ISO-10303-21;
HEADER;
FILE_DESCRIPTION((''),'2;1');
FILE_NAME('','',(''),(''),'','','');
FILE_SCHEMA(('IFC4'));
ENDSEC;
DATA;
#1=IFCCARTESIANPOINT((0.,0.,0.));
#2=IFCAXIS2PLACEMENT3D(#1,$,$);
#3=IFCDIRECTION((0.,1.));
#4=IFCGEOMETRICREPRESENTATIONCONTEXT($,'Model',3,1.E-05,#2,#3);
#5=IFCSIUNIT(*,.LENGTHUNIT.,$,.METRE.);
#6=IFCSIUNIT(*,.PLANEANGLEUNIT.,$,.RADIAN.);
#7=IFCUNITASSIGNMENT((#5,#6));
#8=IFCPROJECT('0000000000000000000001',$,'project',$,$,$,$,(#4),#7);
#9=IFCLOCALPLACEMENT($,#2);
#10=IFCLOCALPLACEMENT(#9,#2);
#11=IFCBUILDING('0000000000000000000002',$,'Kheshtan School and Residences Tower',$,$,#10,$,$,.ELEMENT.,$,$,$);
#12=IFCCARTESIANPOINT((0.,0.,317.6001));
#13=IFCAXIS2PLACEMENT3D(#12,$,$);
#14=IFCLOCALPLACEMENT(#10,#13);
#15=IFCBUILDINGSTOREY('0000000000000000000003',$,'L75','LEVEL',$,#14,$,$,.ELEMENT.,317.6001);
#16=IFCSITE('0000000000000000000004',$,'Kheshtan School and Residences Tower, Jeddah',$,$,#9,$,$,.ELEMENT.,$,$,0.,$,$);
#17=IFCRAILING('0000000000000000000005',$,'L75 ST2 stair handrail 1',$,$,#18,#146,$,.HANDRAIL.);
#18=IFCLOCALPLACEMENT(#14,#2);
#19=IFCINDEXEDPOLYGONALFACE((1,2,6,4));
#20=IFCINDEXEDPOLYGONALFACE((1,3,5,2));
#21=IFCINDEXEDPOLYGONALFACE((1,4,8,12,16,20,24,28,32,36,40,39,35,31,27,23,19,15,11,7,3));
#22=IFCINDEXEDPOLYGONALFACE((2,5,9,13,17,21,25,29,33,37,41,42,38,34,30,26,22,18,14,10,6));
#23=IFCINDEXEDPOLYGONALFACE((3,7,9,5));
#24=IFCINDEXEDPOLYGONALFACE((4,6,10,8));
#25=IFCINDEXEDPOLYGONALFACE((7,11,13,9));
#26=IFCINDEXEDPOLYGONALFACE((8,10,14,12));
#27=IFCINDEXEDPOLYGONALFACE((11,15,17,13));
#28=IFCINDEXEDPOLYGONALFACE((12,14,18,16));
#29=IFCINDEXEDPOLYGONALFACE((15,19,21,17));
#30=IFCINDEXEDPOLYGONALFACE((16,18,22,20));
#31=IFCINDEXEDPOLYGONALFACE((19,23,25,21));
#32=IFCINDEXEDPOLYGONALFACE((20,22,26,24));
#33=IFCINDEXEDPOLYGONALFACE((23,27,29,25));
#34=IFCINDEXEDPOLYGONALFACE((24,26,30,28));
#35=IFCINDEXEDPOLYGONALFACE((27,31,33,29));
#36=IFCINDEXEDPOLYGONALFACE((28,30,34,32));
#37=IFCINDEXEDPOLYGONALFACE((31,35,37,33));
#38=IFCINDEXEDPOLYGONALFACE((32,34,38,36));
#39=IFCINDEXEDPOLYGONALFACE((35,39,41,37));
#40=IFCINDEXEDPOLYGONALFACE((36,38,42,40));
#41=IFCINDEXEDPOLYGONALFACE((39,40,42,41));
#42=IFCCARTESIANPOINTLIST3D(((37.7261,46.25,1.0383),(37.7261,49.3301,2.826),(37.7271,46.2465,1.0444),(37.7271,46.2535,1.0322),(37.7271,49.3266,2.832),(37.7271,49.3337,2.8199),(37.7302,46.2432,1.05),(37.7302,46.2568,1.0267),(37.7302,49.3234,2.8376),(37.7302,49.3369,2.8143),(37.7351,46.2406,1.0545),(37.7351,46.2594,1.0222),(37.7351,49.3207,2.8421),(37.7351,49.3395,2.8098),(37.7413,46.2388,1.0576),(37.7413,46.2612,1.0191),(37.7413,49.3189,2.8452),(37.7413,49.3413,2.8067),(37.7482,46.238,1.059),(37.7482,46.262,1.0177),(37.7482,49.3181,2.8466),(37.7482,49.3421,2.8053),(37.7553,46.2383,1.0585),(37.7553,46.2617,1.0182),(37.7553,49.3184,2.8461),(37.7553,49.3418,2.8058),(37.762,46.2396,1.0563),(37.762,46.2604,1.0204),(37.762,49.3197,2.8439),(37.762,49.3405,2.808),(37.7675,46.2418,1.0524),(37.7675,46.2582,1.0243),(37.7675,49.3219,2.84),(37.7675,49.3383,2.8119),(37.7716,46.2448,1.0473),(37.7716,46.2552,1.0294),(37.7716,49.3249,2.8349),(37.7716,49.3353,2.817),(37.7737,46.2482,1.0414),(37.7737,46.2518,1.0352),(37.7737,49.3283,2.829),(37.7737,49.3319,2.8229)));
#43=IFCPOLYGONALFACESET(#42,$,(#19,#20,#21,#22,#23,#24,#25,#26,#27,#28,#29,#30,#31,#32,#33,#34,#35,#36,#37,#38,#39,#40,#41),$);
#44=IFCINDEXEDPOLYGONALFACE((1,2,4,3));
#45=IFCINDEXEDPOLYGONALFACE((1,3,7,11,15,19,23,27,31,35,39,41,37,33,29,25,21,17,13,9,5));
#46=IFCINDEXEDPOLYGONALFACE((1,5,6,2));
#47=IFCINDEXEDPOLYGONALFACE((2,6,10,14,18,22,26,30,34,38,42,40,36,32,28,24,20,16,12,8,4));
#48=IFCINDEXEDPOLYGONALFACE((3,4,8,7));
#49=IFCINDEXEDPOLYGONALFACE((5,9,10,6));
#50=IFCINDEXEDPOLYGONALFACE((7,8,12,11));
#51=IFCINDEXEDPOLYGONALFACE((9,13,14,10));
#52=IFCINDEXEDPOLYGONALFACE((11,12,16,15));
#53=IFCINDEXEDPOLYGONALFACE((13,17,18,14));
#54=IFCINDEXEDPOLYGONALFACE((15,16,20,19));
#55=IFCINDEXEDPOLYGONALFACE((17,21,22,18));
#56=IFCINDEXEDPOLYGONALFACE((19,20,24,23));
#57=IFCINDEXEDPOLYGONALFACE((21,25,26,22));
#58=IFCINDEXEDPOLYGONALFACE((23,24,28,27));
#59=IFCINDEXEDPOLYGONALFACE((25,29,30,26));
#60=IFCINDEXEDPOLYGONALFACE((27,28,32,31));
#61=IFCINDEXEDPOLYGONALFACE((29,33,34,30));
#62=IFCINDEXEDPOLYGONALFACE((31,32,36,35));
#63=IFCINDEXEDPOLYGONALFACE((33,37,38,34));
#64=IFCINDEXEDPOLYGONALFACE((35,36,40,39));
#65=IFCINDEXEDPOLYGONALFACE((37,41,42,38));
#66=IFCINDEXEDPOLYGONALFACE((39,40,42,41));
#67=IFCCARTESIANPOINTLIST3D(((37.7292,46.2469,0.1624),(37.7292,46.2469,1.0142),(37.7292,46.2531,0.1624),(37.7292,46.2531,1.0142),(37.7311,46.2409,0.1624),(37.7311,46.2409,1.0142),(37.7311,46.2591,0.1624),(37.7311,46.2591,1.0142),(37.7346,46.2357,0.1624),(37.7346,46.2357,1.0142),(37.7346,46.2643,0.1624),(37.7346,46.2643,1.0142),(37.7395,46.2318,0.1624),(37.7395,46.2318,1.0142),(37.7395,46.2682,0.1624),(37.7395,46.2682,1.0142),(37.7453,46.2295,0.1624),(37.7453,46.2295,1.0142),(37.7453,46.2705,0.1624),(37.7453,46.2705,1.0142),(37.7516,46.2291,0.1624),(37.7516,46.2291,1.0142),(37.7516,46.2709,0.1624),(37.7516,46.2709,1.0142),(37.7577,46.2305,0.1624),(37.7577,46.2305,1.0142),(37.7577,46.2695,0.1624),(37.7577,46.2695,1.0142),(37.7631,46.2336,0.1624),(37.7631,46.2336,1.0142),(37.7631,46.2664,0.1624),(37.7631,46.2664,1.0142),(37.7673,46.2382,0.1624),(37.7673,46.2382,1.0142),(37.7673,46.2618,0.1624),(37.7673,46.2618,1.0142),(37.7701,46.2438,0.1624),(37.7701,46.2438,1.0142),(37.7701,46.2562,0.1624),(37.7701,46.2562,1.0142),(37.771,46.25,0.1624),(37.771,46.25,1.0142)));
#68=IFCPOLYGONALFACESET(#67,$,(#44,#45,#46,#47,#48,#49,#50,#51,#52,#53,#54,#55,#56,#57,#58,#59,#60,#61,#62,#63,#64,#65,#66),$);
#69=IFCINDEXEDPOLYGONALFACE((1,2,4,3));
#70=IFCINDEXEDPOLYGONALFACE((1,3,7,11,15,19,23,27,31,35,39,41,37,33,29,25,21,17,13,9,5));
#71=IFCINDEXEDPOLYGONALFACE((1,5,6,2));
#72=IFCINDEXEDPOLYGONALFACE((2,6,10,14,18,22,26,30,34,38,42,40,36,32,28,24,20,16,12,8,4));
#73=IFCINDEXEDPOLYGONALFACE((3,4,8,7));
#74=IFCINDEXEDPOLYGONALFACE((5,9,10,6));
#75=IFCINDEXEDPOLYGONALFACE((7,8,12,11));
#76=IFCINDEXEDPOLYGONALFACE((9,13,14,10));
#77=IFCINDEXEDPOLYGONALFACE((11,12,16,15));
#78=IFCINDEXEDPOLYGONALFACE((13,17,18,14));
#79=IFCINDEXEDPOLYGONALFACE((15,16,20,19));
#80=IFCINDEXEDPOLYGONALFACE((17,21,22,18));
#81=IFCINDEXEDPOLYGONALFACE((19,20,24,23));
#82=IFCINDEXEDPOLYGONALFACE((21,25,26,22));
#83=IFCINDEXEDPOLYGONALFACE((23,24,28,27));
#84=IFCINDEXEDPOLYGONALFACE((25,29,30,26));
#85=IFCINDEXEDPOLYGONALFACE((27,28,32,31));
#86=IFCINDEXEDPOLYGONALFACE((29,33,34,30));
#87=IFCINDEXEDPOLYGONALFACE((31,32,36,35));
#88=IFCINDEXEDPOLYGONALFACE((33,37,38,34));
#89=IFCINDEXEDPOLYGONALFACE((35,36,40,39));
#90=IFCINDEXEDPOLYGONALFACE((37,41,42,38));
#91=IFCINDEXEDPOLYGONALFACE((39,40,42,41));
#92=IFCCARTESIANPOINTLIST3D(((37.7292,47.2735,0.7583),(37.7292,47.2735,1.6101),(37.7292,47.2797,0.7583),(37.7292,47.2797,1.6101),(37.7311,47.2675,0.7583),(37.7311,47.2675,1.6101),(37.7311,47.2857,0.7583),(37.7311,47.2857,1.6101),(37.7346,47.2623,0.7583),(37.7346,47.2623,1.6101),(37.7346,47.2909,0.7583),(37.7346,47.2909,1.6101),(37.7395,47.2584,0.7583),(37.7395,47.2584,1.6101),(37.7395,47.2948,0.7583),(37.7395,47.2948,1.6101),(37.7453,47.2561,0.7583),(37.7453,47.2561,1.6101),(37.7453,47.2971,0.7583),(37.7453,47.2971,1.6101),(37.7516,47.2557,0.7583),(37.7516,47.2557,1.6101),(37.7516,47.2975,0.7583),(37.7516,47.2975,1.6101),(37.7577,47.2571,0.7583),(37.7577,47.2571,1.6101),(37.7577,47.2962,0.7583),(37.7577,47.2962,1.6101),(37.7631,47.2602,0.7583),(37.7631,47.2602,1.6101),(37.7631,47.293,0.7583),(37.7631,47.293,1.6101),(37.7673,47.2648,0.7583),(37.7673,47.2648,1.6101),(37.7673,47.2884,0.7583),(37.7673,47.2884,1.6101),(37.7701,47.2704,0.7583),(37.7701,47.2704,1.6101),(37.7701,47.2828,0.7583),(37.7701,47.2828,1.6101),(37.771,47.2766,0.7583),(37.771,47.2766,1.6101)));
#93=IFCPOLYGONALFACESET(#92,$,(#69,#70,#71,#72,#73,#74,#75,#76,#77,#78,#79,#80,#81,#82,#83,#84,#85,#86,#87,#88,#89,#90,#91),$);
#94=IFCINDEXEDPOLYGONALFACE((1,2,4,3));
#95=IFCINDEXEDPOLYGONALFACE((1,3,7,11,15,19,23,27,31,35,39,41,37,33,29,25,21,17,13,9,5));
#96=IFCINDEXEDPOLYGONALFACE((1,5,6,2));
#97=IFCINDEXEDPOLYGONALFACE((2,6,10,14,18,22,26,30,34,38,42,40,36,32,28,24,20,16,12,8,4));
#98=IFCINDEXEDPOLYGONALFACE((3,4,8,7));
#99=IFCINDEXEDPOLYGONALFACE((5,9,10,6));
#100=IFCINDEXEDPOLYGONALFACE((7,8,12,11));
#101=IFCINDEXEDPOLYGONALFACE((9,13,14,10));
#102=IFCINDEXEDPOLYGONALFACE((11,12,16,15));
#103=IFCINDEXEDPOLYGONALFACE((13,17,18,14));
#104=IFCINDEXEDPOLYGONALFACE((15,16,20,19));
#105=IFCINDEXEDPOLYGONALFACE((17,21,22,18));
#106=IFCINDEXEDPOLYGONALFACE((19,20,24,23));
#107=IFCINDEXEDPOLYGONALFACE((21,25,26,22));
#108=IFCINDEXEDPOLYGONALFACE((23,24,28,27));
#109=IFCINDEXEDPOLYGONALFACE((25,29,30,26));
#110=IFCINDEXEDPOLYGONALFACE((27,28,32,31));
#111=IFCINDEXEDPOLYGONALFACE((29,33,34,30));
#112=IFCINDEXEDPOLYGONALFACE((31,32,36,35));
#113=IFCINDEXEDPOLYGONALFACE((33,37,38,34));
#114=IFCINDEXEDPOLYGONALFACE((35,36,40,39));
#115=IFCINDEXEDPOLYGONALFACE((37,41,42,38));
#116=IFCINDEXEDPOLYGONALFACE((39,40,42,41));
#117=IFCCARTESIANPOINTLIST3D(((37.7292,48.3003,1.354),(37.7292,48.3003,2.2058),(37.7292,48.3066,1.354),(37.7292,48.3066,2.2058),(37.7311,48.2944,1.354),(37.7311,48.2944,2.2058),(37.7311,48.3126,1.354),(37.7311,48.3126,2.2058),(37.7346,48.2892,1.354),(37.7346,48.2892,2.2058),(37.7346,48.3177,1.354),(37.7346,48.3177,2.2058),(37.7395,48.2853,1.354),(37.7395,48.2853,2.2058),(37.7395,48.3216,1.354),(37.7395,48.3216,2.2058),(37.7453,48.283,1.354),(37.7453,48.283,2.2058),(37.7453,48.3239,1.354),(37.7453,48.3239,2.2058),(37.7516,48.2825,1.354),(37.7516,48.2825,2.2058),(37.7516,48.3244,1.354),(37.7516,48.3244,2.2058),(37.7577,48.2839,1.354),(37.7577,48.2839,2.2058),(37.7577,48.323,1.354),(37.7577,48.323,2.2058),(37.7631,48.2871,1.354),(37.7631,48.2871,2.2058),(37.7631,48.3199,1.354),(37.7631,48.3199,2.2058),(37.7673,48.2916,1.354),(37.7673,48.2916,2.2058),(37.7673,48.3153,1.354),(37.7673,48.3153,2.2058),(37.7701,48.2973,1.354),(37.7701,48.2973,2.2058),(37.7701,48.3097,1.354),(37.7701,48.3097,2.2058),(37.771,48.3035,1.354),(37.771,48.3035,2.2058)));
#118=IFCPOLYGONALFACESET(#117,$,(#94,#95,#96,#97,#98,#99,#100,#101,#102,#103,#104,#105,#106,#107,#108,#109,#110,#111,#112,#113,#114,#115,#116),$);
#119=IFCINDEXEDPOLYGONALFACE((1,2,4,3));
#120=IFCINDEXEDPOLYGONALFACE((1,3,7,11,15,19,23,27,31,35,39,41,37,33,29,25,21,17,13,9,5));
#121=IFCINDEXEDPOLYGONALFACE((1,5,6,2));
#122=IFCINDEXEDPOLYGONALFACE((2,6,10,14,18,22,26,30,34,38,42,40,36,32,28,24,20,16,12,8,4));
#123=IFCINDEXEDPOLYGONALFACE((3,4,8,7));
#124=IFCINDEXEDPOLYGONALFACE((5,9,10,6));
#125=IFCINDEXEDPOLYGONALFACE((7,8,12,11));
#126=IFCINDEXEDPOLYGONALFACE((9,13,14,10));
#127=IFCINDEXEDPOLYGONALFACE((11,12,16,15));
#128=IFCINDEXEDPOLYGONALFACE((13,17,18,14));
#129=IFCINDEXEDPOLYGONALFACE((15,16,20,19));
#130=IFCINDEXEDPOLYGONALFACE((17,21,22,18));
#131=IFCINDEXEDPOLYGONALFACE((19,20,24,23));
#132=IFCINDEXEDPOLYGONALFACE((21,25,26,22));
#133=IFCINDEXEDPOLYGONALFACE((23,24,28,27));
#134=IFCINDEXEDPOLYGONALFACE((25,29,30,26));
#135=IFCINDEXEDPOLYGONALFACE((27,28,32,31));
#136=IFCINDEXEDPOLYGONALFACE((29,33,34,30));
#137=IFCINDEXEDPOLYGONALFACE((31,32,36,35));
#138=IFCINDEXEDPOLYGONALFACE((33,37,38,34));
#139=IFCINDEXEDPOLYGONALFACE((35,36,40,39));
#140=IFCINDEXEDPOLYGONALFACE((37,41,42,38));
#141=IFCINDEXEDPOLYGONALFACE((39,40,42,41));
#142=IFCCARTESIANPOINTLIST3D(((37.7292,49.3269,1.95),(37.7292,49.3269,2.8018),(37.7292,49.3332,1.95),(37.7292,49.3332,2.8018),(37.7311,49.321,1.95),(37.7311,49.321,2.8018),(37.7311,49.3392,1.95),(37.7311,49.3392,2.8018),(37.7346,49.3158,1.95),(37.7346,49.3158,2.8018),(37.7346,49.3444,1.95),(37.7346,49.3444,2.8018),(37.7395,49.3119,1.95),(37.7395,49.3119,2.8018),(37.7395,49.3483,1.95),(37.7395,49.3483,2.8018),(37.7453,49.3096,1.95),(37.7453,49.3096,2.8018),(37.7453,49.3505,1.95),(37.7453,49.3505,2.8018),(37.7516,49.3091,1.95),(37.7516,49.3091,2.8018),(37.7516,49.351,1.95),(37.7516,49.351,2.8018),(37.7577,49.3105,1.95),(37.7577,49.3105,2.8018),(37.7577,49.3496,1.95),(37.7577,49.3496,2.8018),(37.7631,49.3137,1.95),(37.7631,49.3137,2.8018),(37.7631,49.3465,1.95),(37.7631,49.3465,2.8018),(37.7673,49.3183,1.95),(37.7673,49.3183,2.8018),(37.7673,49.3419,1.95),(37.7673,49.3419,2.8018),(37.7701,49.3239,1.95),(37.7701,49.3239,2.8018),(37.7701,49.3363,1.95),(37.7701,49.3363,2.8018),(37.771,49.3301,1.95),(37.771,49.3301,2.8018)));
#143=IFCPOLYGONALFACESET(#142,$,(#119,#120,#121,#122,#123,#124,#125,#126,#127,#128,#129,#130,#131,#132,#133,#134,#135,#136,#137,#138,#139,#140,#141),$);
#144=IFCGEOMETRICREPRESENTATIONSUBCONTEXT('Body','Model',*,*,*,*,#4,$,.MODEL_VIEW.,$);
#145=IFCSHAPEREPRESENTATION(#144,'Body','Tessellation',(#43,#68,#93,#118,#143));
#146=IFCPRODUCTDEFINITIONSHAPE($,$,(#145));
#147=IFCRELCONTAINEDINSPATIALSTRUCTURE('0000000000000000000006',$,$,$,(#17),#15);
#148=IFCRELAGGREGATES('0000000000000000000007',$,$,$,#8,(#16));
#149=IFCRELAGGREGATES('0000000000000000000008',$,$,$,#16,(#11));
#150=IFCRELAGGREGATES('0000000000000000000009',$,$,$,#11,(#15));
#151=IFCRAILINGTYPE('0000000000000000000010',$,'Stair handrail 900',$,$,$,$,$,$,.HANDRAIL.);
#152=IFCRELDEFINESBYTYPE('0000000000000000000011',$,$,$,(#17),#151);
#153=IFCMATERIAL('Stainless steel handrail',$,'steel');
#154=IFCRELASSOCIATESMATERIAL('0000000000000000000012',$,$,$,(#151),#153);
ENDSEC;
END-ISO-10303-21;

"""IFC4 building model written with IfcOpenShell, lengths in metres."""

from ifc_helpers import new_model, si_unit, direction, frame, origin, origin_2d, place, context, subcontext, project, spatial, circle, extrude, material, type_object, element, save


model = new_model("IFC4")

# Units and contexts
model_context = context("Model", 3, precision=1e-05, world=origin(), true_north=direction((0.0, 1.0)))
body_context = subcontext(model_context, "Body", "Model", "MODEL_VIEW")
ifc_project = project(units=[si_unit("LENGTHUNIT", "METRE"), si_unit("PLANEANGLEUNIT", "RADIAN")], contexts=[model_context])

# Site, building, storey
site_placement = place(None, origin())
site = spatial("IfcSite", under=ifc_project, at=site_placement, Name="Kheshtan School and Residences Tower, Jeddah", CompositionType="ELEMENT", RefElevation=0.0)
building_placement = place(site_placement, origin())
building = spatial("IfcBuilding", under=site, at=building_placement, Name="Kheshtan School and Residences Tower", CompositionType="ELEMENT")
storey_placement = place(building_placement, frame((0.0, 0.0, 317.6001)))
storey = spatial("IfcBuildingStorey", under=building, at=storey_placement, Name="L75", Description="LEVEL", CompositionType="ELEMENT", Elevation=317.6001)

# Railing
ifc_material_1 = material(Name="Stainless steel handrail", Category="steel")
railing_type_1 = type_object("IfcRailingType", Name="Stair handrail 900", PredefinedType="HANDRAIL", material=ifc_material_1)
railing_1_placement = place(storey_placement, frame((37.75, 46.25, 0.1624)))
element("IfcRailing", 1, at=railing_1_placement, inside=storey, type_object=railing_type_1, Name="L75 ST2 stair handrail 1", PredefinedType="HANDRAIL", context=body_context, shape_type="SweptSolid", body=[
    extrude(circle(Radius=0.0239, at=origin_2d()), frame((0.0, 0.0, 0.876), z_axis=(0.0, 0.864891, 0.50196), x_axis=(-1.0, 0.0, 0.0)), (0.0, 0.0, 1.0), 3.5613),
    extrude(circle(Radius=0.021, at=origin_2d()), origin(), (0.0, 0.0, 1.0), 0.8518),
    extrude(circle(Radius=0.021, at=origin_2d()), frame((0.0, 1.0266, 0.5959)), (0.0, 0.0, 1.0), 0.8518),
    extrude(circle(Radius=0.021, at=origin_2d()), frame((0.0, 2.0535, 1.1917)), (0.0, 0.0, 1.0), 0.8518),
    extrude(circle(Radius=0.021, at=origin_2d()), frame((0.0, 3.0801, 1.7876)), (0.0, 0.0, 1.0), 0.8518),
])

save(model, "model.ifc")
